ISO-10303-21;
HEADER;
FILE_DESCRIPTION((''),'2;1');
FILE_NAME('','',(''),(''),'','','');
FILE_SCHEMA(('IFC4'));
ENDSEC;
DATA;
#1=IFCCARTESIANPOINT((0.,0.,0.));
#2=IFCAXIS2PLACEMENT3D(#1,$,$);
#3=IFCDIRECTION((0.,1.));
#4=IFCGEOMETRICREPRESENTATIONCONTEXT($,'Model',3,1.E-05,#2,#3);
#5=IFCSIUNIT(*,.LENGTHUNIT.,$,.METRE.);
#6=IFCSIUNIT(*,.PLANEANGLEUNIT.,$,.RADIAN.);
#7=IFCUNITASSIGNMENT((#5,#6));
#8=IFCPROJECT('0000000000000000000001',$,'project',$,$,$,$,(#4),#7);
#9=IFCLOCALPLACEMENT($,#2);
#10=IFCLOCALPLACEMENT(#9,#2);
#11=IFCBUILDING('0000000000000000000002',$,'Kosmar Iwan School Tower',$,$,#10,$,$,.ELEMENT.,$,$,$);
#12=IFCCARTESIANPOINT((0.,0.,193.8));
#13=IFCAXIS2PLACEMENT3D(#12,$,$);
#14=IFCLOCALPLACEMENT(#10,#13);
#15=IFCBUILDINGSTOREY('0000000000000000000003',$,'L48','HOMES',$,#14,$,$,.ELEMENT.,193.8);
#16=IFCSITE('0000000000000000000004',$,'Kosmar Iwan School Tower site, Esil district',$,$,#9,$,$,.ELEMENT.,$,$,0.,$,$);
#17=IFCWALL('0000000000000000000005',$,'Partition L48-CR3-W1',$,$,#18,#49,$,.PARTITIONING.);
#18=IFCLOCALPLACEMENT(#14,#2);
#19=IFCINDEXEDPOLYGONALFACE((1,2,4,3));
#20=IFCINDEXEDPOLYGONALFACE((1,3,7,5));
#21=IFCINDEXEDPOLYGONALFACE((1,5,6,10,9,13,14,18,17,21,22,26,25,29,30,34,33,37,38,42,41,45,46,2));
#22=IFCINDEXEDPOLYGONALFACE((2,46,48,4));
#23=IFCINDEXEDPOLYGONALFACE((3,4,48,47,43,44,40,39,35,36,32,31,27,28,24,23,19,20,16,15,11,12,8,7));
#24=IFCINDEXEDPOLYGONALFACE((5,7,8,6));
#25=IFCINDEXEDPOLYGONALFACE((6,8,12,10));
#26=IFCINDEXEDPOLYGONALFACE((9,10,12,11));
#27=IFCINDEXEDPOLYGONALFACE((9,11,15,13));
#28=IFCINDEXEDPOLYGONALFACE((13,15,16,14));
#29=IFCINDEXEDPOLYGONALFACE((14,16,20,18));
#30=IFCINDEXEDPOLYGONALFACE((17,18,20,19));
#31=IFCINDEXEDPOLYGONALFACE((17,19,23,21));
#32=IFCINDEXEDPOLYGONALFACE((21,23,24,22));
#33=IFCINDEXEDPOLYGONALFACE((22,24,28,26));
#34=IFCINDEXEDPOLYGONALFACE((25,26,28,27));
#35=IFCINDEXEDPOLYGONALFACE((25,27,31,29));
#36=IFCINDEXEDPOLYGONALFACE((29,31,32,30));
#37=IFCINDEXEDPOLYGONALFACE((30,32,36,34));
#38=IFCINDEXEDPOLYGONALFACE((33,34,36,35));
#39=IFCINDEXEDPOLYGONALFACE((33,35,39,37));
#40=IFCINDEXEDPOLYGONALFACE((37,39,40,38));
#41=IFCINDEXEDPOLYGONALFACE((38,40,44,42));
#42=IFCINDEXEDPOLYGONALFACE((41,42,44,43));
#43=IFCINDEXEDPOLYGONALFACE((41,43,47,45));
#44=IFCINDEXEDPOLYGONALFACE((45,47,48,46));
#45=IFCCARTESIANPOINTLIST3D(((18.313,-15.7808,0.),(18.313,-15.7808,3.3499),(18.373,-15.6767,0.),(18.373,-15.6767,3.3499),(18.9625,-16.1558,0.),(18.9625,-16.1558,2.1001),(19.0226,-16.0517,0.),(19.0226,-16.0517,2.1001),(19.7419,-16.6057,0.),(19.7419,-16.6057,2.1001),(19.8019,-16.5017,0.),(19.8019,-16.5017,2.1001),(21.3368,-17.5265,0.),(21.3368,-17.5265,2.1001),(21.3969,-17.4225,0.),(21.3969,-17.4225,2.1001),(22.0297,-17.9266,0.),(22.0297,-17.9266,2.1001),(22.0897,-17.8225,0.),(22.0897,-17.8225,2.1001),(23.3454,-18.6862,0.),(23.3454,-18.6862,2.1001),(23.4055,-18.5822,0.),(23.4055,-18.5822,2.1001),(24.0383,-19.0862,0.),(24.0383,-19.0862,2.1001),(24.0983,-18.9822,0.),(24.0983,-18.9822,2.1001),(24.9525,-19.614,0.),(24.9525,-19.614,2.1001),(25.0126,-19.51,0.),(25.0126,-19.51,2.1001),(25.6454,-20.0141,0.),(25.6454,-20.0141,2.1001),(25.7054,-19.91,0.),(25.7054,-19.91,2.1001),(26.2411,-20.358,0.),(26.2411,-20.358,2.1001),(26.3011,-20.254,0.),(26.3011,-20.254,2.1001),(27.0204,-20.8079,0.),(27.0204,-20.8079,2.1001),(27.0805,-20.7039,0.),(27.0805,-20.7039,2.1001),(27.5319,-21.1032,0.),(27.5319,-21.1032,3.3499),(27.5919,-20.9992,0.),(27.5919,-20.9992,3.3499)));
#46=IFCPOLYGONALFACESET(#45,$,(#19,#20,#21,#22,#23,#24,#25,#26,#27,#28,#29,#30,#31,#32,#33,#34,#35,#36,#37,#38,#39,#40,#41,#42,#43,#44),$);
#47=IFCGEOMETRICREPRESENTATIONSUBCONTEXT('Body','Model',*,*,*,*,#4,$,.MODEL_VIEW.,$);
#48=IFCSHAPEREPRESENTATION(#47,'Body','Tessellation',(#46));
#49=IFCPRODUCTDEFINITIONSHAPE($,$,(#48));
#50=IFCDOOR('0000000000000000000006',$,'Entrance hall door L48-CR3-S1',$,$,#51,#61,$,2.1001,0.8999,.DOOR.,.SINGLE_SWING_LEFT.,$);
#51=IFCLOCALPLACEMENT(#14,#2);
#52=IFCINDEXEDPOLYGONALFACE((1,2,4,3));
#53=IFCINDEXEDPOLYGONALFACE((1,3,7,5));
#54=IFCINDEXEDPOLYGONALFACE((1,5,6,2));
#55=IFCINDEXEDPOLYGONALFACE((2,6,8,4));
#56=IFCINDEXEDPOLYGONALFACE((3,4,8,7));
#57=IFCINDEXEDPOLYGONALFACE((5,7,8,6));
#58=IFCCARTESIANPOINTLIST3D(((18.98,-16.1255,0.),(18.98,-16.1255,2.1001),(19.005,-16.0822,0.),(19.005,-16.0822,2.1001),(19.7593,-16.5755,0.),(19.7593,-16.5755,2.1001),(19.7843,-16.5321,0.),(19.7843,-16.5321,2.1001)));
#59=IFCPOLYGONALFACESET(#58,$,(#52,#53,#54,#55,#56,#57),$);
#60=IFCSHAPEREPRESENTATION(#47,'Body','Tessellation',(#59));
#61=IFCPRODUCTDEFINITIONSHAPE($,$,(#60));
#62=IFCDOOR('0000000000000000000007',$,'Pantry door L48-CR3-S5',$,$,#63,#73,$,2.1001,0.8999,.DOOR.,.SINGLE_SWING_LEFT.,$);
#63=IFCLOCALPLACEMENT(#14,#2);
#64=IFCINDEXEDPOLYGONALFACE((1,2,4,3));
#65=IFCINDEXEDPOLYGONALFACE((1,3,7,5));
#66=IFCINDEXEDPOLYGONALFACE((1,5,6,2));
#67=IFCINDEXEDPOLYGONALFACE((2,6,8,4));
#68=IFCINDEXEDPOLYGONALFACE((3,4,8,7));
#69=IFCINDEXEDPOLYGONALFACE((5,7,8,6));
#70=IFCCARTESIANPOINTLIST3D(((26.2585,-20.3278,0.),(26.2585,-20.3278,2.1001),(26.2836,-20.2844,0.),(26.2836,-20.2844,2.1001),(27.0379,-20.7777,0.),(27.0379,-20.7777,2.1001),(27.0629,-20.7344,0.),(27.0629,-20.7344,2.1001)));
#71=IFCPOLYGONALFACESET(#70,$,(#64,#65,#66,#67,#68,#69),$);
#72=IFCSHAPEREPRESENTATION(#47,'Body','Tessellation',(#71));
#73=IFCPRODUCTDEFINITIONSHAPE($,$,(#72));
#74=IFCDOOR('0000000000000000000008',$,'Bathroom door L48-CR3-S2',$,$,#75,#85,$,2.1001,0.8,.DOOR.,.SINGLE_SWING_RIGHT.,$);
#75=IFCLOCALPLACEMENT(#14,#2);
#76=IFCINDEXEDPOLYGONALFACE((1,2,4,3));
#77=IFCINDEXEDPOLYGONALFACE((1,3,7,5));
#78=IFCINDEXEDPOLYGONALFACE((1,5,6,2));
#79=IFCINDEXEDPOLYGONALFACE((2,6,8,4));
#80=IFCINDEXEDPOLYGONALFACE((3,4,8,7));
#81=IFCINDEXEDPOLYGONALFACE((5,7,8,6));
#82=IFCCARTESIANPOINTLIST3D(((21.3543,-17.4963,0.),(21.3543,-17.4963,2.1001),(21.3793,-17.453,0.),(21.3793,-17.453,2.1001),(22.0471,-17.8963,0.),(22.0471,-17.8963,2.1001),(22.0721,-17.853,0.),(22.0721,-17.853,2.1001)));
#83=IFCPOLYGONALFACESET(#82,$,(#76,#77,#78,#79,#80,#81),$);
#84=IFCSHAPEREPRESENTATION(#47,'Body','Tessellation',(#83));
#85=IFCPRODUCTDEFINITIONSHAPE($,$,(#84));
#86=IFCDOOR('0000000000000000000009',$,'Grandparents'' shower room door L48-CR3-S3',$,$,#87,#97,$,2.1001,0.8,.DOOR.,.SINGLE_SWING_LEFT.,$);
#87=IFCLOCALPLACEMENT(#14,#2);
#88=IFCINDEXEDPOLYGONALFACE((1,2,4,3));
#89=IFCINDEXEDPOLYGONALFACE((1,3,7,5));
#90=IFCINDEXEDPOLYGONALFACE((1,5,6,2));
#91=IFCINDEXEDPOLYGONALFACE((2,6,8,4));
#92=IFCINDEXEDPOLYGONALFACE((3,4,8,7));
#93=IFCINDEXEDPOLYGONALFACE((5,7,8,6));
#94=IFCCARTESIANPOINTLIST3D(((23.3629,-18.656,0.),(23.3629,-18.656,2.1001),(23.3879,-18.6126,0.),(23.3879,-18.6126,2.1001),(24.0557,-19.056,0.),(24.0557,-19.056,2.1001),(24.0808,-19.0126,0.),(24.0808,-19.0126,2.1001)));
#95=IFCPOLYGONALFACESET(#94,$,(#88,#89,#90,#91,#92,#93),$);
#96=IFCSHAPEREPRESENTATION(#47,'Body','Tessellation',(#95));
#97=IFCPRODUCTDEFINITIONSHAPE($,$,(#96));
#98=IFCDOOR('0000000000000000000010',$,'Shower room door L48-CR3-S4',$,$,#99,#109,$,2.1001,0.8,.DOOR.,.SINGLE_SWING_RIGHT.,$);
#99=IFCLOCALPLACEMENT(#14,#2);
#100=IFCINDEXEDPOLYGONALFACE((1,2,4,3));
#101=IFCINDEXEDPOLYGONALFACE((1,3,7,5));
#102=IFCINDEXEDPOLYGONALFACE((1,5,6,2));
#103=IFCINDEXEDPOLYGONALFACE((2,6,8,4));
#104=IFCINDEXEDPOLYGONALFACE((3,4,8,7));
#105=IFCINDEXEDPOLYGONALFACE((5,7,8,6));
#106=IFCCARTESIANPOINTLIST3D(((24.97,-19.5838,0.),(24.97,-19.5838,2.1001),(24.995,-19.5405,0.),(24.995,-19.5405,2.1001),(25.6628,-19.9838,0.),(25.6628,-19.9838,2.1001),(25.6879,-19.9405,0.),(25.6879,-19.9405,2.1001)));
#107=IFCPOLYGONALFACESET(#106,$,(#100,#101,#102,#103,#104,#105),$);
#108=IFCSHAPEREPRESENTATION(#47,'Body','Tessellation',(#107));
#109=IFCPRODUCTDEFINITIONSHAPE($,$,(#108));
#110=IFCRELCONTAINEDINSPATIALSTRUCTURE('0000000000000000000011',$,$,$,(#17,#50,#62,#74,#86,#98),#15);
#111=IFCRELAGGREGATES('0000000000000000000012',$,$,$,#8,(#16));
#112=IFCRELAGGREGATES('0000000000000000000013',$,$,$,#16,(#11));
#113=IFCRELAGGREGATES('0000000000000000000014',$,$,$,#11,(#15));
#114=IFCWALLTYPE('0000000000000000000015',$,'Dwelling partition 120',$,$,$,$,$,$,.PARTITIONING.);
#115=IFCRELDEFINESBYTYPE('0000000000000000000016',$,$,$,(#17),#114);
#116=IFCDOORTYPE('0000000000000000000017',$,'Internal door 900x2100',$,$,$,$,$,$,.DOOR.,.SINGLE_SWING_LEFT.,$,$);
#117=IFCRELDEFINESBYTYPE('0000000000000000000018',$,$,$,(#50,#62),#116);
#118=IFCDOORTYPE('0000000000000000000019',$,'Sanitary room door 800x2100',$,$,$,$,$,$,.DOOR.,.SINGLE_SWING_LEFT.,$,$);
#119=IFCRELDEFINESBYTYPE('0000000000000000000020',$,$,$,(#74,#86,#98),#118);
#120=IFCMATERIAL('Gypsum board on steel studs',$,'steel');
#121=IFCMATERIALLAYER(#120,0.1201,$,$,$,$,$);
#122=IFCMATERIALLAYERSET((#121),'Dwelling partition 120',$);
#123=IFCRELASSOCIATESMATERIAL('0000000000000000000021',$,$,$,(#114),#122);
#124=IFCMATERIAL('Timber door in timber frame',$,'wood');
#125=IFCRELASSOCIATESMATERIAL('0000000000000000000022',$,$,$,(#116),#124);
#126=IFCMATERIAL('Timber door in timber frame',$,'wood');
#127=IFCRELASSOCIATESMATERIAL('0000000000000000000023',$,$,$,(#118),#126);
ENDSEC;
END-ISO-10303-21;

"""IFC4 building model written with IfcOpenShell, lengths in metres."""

from ifc_helpers import new_model, si_unit, direction, frame, frame_2d, origin, place, context, subcontext, project, spatial, rectangle, extrude, material, layer, layer_set, type_object, element, fill, save


model = new_model("IFC4")

# Units and contexts
model_context = context("Model", 3, precision=1e-05, world=origin(), true_north=direction((0.0, 1.0)))
body_context = subcontext(model_context, "Body", "Model", "MODEL_VIEW")
ifc_project = project(units=[si_unit("LENGTHUNIT", "METRE"), si_unit("PLANEANGLEUNIT", "RADIAN")], contexts=[model_context])

# Site, building, storey
site_placement = place(None, origin())
site = spatial("IfcSite", under=ifc_project, at=site_placement, Name="Kosmar Iwan School Tower site, Esil district", CompositionType="ELEMENT", RefElevation=0.0)
building_placement = place(site_placement, origin())
building = spatial("IfcBuilding", under=site, at=building_placement, Name="Kosmar Iwan School Tower", CompositionType="ELEMENT")
storey_placement = place(building_placement, frame((0.0, 0.0, 193.8)))
storey = spatial("IfcBuildingStorey", under=building, at=storey_placement, Name="L48", Description="HOMES", CompositionType="ELEMENT", Elevation=193.8)

# Shared definitions
ifc_material_1 = material(Name="Gypsum board on steel studs", Category="steel")
ifc_layer_1 = layer(ifc_material_1, 0.1201)
ifc_layer_set_1 = layer_set([ifc_layer_1], Name="Dwelling partition 120")
wall_type_1 = type_object("IfcWallType", Name="Dwelling partition 120", PredefinedType="PARTITIONING", material=ifc_layer_set_1)

# Wall, openings, doors
wall_1_placement = place(storey_placement, frame((18.343, -15.7288, 0.0), z_axis=(0.0, 0.0, 1.0), x_axis=(0.866029, -0.499994, 0.0)))
wall_1 = element("IfcWall", 1, at=wall_1_placement, inside=storey, type_object=wall_type_1, Name="Partition L48-CR3-W1", PredefinedType="PARTITIONING", context=body_context, shape_type="SweptSolid", body=[
    extrude(rectangle(XDim=10.645, YDim=0.1201, at=frame_2d((5.3225, 0.0))), origin(), (0.0, 0.0, 1.0), 3.3499),
])
opening_1_placement = place(wall_1_placement, frame((0.75, 0.0, 0.0)))
opening_1 = element("IfcOpeningElement", 2, at=opening_1_placement, cuts=wall_1, PredefinedType="OPENING", context=body_context, shape_type="SweptSolid", body=[
    extrude(rectangle(XDim=0.8999, YDim=2.1001, at=frame_2d((0.45, 1.05))), frame((0.0, 0.072, 0.0), z_axis=(0.0, -1.0, 0.0), x_axis=(1.0, 0.0, 0.0)), (0.0, 0.0, 1.0), 0.144),
])
opening_2_placement = place(wall_1_placement, frame((3.4917, 0.0, 0.0)))
opening_2 = element("IfcOpeningElement", 3, at=opening_2_placement, cuts=wall_1, PredefinedType="OPENING", context=body_context, shape_type="SweptSolid", body=[
    extrude(rectangle(XDim=0.8, YDim=2.1001, at=frame_2d((0.3999, 1.05))), frame((0.0, 0.072, 0.0), z_axis=(0.0, -1.0, 0.0), x_axis=(1.0, 0.0, 0.0)), (0.0, 0.0, 1.0), 0.144),
])
opening_3_placement = place(wall_1_placement, frame((5.811, 0.0, 0.0)))
opening_3 = element("IfcOpeningElement", 4, at=opening_3_placement, cuts=wall_1, PredefinedType="OPENING", context=body_context, shape_type="SweptSolid", body=[
    extrude(rectangle(XDim=0.8, YDim=2.1001, at=frame_2d((0.3999, 1.05))), frame((0.0, 0.072, 0.0), z_axis=(0.0, -1.0, 0.0), x_axis=(1.0, 0.0, 0.0)), (0.0, 0.0, 1.0), 0.144),
])
opening_4_placement = place(wall_1_placement, frame((7.6667, 0.0, 0.0)))
opening_4 = element("IfcOpeningElement", 5, at=opening_4_placement, cuts=wall_1, PredefinedType="OPENING", context=body_context, shape_type="SweptSolid", body=[
    extrude(rectangle(XDim=0.8, YDim=2.1001, at=frame_2d((0.3999, 1.05))), frame((0.0, 0.072, 0.0), z_axis=(0.0, -1.0, 0.0), x_axis=(1.0, 0.0, 0.0)), (0.0, 0.0, 1.0), 0.144),
])
opening_5_placement = place(wall_1_placement, frame((9.1545, 0.0, 0.0)))
opening_5 = element("IfcOpeningElement", 6, at=opening_5_placement, cuts=wall_1, PredefinedType="OPENING", context=body_context, shape_type="SweptSolid", body=[
    extrude(rectangle(XDim=0.8999, YDim=2.1001, at=frame_2d((0.45, 1.05))), frame((0.0, 0.072, 0.0), z_axis=(0.0, -1.0, 0.0), x_axis=(1.0, 0.0, 0.0)), (0.0, 0.0, 1.0), 0.144),
])
ifc_material_2 = material(Name="Timber door in timber frame", Category="wood")
door_type_1 = type_object("IfcDoorType", Name="Internal door 900x2100", OperationType="SINGLE_SWING_LEFT", PredefinedType="DOOR", material=ifc_material_2)
door_1_placement = place(opening_1_placement, origin())
door_1 = element("IfcDoor", 7, at=door_1_placement, inside=storey, type_object=door_type_1, Name="Entrance hall door L48-CR3-S1", OperationType="SINGLE_SWING_LEFT", OverallHeight=2.1001, OverallWidth=0.8999, PredefinedType="DOOR", context=body_context, shape_type="SweptSolid", body=[
    extrude(rectangle(XDim=0.8999, YDim=2.1001, at=frame_2d((0.45, 1.05))), frame((0.0, 0.0249, 0.0), z_axis=(0.0, -1.0, 0.0), x_axis=(1.0, 0.0, 0.0)), (0.0, 0.0, 1.0), 0.05),
])
fill(opening_1, door_1)
door_2_placement = place(opening_5_placement, origin())
door_2 = element("IfcDoor", 8, at=door_2_placement, inside=storey, type_object=door_type_1, Name="Pantry door L48-CR3-S5", OperationType="SINGLE_SWING_LEFT", OverallHeight=2.1001, OverallWidth=0.8999, PredefinedType="DOOR", context=body_context, shape_type="SweptSolid", body=[
    extrude(rectangle(XDim=0.8999, YDim=2.1001, at=frame_2d((0.45, 1.05))), frame((0.0, 0.0249, 0.0), z_axis=(0.0, -1.0, 0.0), x_axis=(1.0, 0.0, 0.0)), (0.0, 0.0, 1.0), 0.05),
])
fill(opening_5, door_2)
ifc_material_3 = material(Name="Timber door in timber frame", Category="wood")
door_type_2 = type_object("IfcDoorType", Name="Sanitary room door 800x2100", OperationType="SINGLE_SWING_LEFT", PredefinedType="DOOR", material=ifc_material_3)
door_3_placement = place(opening_2_placement, origin())
door_3 = element("IfcDoor", 9, at=door_3_placement, inside=storey, type_object=door_type_2, Name="Bathroom door L48-CR3-S2", OperationType="SINGLE_SWING_RIGHT", OverallHeight=2.1001, OverallWidth=0.8, PredefinedType="DOOR", context=body_context, shape_type="SweptSolid", body=[
    extrude(rectangle(XDim=0.8, YDim=2.1001, at=frame_2d((0.3999, 1.05))), frame((0.0, 0.0249, 0.0), z_axis=(0.0, -1.0, 0.0), x_axis=(1.0, 0.0, 0.0)), (0.0, 0.0, 1.0), 0.05),
])
fill(opening_2, door_3)
door_4_placement = place(opening_3_placement, origin())
door_4 = element("IfcDoor", 10, at=door_4_placement, inside=storey, type_object=door_type_2, Name="Grandparents' shower room door L48-CR3-S3", OperationType="SINGLE_SWING_LEFT", OverallHeight=2.1001, OverallWidth=0.8, PredefinedType="DOOR", context=body_context, shape_type="SweptSolid", body=[
    extrude(rectangle(XDim=0.8, YDim=2.1001, at=frame_2d((0.3999, 1.05))), frame((0.0, 0.0249, 0.0), z_axis=(0.0, -1.0, 0.0), x_axis=(1.0, 0.0, 0.0)), (0.0, 0.0, 1.0), 0.05),
])
fill(opening_3, door_4)
door_5_placement = place(opening_4_placement, origin())
door_5 = element("IfcDoor", 11, at=door_5_placement, inside=storey, type_object=door_type_2, Name="Shower room door L48-CR3-S4", OperationType="SINGLE_SWING_RIGHT", OverallHeight=2.1001, OverallWidth=0.8, PredefinedType="DOOR", context=body_context, shape_type="SweptSolid", body=[
    extrude(rectangle(XDim=0.8, YDim=2.1001, at=frame_2d((0.3999, 1.05))), frame((0.0, 0.0249, 0.0), z_axis=(0.0, -1.0, 0.0), x_axis=(1.0, 0.0, 0.0)), (0.0, 0.0, 1.0), 0.05),
])
fill(opening_4, door_5)

save(model, "model.ifc")
